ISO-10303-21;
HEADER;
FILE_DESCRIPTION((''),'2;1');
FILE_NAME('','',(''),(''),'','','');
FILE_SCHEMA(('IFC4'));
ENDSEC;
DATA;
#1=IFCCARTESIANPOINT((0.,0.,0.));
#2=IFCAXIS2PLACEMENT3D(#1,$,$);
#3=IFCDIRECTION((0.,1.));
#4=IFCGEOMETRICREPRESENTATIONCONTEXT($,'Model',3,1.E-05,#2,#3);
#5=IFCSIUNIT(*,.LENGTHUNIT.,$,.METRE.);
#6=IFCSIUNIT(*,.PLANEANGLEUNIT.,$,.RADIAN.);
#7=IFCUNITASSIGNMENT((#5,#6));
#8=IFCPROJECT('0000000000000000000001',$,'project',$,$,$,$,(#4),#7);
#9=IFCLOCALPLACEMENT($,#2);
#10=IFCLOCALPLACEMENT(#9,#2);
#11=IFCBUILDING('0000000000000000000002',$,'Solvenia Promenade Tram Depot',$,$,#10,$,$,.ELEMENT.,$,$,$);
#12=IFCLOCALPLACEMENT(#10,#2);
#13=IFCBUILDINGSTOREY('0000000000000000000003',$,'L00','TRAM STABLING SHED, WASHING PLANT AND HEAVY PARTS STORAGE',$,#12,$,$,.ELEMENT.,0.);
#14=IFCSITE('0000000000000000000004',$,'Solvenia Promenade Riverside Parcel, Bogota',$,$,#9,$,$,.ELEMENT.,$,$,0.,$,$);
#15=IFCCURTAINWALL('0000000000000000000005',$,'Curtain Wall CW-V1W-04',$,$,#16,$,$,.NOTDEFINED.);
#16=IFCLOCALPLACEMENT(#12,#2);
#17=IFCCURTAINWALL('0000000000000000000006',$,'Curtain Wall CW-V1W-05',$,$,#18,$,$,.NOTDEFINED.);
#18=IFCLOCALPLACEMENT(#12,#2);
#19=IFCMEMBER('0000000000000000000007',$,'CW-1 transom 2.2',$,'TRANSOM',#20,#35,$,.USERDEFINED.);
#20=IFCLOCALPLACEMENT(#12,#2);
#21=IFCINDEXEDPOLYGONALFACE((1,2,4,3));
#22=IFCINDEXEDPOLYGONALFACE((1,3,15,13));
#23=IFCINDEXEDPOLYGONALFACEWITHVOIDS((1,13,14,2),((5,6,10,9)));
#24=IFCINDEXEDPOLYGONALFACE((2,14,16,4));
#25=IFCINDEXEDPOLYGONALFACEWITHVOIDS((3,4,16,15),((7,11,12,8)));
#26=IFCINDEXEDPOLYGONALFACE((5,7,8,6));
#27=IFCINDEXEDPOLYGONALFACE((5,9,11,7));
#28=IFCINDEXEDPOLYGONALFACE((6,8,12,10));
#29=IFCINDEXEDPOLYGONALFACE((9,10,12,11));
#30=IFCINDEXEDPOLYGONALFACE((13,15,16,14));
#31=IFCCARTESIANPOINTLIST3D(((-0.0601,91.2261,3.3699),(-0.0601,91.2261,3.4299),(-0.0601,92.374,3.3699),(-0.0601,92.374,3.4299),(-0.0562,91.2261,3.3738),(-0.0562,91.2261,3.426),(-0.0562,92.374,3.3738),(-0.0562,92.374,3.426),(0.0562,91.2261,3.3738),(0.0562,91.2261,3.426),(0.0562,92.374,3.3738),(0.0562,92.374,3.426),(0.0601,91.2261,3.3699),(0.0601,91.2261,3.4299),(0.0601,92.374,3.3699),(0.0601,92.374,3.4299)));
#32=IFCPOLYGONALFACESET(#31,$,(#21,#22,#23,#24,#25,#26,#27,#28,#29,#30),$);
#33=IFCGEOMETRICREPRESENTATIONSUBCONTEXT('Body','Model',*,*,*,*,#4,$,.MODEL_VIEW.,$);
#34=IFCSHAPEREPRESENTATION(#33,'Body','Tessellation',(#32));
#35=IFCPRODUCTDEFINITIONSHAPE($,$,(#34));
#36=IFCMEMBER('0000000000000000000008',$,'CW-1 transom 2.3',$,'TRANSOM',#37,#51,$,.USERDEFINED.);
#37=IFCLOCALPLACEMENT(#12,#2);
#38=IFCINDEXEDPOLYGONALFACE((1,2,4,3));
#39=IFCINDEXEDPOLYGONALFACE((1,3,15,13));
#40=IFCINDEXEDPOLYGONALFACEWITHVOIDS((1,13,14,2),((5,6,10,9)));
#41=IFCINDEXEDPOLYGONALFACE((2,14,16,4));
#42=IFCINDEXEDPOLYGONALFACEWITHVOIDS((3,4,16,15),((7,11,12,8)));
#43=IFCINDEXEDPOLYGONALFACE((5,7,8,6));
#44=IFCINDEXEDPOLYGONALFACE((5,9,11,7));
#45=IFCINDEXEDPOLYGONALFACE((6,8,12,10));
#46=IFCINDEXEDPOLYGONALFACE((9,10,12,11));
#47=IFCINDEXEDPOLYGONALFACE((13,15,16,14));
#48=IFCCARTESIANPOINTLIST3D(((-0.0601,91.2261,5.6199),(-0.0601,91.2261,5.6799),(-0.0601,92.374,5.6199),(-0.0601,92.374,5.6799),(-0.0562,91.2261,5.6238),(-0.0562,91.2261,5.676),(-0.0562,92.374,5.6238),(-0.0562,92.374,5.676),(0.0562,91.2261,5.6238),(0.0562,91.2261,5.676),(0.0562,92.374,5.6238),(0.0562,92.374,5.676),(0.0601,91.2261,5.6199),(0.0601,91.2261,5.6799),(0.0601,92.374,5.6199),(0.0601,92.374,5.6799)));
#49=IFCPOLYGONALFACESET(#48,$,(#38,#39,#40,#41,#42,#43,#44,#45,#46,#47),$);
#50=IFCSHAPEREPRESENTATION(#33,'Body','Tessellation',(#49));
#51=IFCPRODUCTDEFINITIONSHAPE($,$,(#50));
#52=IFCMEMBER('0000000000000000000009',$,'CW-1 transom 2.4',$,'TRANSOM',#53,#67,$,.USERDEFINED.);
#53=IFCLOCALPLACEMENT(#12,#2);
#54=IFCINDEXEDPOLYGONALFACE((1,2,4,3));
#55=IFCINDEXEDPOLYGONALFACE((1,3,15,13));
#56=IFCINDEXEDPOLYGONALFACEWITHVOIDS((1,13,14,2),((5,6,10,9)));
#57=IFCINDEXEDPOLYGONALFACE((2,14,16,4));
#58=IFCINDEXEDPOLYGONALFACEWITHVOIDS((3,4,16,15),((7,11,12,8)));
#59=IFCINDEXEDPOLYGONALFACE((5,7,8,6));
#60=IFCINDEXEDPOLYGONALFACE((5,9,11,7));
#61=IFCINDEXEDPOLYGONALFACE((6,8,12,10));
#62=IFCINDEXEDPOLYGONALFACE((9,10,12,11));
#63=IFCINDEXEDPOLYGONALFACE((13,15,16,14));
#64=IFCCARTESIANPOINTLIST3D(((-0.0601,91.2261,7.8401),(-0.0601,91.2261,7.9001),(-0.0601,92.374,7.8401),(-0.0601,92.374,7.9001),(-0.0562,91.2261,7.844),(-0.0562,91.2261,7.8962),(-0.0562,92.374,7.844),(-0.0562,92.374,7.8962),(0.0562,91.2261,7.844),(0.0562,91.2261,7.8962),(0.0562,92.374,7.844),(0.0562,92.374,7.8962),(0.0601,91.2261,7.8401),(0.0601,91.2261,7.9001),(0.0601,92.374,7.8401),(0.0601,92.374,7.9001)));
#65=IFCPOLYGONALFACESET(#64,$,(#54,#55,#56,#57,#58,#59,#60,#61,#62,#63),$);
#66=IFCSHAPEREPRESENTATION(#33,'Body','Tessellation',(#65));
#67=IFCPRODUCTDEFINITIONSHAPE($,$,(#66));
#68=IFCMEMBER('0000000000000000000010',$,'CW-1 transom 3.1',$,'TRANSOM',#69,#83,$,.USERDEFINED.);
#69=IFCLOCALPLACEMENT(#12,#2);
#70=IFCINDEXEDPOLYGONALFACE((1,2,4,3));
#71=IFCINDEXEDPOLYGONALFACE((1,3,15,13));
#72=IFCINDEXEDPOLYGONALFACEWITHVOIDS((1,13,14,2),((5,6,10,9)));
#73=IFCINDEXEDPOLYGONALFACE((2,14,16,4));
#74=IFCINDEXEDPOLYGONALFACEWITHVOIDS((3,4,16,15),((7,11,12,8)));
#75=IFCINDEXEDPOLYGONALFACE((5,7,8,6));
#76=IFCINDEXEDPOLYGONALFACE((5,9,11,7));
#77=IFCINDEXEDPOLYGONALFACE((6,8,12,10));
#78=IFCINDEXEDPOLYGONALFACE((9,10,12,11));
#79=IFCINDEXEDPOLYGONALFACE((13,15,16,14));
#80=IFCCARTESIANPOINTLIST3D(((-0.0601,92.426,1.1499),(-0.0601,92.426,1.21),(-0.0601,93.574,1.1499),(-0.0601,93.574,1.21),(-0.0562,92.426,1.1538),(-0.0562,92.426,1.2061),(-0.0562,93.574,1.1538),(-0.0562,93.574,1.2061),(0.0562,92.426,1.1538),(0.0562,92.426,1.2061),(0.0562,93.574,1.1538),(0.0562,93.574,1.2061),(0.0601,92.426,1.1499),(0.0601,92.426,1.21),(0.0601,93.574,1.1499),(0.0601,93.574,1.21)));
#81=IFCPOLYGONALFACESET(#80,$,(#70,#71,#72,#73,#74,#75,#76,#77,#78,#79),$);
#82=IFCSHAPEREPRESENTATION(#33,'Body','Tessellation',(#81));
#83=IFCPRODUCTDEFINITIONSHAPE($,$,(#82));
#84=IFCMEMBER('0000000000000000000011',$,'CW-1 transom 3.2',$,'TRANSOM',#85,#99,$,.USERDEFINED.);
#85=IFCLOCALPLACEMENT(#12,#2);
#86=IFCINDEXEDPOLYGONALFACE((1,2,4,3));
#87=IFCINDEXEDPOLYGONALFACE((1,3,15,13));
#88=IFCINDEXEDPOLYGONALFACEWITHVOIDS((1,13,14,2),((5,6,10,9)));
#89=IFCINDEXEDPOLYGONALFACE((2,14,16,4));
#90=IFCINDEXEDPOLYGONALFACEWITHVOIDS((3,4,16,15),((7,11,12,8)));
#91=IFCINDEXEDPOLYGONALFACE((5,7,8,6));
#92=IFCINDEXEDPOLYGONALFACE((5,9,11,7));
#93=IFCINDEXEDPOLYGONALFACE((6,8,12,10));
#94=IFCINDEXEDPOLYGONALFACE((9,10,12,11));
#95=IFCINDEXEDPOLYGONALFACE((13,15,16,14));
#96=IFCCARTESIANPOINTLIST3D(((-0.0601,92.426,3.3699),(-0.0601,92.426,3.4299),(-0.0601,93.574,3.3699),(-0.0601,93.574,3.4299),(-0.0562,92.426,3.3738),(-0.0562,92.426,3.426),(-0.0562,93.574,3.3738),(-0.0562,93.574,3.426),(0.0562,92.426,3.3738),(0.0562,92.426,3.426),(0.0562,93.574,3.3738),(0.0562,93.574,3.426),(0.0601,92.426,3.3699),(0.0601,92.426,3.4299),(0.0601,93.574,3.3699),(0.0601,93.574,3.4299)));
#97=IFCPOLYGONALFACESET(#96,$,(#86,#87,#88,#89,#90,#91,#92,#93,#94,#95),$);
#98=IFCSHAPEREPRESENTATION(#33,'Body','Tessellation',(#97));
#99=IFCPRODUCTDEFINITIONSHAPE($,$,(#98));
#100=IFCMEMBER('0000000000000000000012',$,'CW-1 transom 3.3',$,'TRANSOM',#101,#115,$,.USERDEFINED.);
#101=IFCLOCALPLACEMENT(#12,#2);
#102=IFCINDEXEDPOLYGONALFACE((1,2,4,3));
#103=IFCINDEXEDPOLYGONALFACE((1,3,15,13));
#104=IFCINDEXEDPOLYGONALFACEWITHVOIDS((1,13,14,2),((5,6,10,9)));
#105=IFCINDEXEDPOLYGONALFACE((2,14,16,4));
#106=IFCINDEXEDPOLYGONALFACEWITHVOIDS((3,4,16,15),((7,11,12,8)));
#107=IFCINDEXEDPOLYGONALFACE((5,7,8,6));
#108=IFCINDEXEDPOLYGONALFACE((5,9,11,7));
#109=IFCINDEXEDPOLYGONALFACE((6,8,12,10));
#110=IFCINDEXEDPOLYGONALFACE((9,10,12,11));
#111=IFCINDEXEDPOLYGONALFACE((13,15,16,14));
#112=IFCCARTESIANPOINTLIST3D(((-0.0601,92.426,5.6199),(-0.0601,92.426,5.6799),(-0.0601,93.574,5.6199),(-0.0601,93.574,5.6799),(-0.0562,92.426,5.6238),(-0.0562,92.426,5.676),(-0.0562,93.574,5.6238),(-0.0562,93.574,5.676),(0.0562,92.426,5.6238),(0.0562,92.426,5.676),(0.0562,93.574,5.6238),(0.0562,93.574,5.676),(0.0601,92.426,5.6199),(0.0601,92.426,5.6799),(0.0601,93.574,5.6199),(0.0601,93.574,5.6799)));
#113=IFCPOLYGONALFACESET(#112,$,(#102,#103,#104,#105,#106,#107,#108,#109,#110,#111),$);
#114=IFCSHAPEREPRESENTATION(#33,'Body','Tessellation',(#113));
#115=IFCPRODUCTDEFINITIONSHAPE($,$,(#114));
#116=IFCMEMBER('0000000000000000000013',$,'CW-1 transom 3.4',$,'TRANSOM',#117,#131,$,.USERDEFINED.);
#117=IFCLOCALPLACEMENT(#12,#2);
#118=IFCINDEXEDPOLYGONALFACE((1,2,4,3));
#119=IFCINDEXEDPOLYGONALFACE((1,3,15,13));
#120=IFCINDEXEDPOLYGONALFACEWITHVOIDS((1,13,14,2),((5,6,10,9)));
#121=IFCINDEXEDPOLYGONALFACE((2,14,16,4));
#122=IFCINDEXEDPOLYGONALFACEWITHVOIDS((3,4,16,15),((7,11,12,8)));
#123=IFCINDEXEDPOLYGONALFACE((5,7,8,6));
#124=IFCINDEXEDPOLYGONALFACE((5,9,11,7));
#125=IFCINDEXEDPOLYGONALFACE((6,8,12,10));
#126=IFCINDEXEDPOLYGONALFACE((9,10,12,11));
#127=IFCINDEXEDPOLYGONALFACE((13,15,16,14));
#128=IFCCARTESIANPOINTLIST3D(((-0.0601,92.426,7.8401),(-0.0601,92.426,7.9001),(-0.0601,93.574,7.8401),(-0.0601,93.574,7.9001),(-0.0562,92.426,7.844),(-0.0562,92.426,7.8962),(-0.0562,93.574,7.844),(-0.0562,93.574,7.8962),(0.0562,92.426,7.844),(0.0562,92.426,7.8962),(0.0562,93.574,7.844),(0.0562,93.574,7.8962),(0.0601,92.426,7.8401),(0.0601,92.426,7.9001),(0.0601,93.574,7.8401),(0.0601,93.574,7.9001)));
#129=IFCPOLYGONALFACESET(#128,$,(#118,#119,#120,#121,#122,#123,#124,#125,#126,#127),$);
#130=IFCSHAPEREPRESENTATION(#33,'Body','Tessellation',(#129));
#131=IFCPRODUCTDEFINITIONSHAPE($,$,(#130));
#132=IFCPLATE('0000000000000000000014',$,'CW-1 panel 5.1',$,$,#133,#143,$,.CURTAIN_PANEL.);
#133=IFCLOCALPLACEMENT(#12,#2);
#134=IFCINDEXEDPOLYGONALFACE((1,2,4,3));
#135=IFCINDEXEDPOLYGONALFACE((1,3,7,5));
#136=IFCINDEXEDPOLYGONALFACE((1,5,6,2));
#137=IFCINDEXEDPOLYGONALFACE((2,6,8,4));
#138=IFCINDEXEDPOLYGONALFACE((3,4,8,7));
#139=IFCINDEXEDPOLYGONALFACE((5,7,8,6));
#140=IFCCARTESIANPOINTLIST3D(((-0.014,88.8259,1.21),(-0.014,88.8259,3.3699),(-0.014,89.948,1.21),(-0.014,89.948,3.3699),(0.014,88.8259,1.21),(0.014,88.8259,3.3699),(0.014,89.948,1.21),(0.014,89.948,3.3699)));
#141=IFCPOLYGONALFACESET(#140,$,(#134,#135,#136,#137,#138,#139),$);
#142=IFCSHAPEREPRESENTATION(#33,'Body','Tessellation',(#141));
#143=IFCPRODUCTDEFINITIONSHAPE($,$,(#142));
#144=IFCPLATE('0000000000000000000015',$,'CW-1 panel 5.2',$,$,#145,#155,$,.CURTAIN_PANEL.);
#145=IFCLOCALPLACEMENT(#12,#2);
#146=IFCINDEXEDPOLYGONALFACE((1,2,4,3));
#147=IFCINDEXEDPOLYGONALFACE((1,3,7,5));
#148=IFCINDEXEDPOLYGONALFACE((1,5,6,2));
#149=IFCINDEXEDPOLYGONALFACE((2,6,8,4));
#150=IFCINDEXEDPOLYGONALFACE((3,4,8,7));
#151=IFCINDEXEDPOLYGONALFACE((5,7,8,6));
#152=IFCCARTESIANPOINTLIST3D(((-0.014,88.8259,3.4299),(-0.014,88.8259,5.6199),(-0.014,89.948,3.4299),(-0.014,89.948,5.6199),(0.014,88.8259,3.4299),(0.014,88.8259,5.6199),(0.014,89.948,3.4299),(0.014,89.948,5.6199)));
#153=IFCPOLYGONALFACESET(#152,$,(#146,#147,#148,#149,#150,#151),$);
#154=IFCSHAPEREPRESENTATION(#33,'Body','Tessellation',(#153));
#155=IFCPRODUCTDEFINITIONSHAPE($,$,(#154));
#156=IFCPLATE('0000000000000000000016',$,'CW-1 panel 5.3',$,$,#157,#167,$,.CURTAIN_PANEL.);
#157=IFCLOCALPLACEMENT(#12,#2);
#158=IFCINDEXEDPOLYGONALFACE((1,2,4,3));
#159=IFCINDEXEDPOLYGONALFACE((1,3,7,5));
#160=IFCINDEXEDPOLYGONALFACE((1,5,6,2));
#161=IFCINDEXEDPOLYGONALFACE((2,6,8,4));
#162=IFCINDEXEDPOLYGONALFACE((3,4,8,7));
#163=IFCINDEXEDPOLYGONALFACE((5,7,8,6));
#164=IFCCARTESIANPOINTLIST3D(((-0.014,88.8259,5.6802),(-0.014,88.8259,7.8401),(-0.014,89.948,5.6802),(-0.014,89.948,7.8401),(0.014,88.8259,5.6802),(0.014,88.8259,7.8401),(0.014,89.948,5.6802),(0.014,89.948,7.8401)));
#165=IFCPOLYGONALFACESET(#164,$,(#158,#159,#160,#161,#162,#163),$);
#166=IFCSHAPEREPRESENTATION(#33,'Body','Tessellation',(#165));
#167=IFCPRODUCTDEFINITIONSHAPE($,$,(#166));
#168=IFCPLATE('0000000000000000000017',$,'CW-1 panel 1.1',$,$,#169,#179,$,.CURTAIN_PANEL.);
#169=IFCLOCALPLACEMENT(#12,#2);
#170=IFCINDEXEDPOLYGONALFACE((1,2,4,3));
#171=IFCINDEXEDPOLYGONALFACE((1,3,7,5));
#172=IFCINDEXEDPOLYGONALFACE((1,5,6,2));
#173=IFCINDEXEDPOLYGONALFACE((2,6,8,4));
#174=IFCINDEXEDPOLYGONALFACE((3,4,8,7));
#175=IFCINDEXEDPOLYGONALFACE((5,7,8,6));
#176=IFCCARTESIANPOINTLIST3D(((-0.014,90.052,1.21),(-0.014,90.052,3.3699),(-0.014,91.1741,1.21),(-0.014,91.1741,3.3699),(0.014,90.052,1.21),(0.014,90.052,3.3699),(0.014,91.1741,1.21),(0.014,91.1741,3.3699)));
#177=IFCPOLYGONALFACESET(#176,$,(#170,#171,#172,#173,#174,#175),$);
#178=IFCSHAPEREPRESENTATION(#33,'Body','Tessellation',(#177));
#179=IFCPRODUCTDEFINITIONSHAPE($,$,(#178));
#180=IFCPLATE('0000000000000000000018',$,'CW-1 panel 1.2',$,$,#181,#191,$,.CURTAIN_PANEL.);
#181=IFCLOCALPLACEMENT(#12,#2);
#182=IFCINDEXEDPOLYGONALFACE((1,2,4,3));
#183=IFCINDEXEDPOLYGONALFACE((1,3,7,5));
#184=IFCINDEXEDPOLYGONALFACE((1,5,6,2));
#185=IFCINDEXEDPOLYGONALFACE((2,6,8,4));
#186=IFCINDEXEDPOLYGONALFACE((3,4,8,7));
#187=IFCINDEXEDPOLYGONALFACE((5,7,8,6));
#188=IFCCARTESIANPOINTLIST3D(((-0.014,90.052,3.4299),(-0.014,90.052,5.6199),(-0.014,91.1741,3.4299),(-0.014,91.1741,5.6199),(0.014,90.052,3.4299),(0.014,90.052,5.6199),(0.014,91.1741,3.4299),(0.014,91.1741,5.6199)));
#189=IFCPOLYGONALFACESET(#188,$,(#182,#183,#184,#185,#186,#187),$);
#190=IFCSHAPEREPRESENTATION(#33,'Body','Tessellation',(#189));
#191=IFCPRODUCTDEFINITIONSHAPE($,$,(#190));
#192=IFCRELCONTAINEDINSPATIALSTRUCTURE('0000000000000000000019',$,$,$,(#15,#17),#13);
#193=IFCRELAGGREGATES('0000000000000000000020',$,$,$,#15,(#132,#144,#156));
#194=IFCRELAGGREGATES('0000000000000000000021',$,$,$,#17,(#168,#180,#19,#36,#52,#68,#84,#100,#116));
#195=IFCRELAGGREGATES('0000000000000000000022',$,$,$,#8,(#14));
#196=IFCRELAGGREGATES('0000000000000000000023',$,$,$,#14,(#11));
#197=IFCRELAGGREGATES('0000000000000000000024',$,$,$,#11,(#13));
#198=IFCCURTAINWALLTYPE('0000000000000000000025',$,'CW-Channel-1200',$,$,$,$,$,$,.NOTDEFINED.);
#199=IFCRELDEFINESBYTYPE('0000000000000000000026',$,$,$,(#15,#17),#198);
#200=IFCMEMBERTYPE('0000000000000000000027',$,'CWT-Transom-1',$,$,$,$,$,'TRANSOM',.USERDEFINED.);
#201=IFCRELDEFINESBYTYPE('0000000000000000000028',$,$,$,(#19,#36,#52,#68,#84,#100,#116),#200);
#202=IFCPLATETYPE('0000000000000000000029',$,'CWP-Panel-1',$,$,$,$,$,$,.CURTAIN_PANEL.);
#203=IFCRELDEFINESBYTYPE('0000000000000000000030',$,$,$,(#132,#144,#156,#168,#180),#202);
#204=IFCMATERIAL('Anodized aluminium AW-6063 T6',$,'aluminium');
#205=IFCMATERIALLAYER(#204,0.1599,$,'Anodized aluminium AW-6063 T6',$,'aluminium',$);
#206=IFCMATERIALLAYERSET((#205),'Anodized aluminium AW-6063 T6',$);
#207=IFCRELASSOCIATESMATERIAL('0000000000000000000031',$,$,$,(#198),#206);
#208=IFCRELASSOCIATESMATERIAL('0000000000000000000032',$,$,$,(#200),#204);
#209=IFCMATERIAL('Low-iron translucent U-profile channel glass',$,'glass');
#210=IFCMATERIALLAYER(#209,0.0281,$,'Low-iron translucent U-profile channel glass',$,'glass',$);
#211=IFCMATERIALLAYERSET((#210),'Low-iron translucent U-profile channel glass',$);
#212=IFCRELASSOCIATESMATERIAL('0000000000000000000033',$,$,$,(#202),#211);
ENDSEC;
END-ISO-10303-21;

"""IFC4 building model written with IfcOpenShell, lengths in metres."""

from ifc_helpers import new_model, si_unit, direction, frame, origin, origin_2d, place, context, subcontext, project, spatial, rectangle, hollow_rectangle, extrude, material, layer, layer_set, material_profile, profile_set, type_object, element, aggregate, save


model = new_model("IFC4")

# Units and contexts
model_context = context("Model", 3, precision=1e-05, world=origin(), true_north=direction((0.0, 1.0)))
body_context = subcontext(model_context, "Body", "Model", "MODEL_VIEW")
ifc_project = project(units=[si_unit("LENGTHUNIT", "METRE"), si_unit("PLANEANGLEUNIT", "RADIAN")], contexts=[model_context])

# Site, building, storey
site_placement = place(None, origin())
site = spatial("IfcSite", under=ifc_project, at=site_placement, Name="Solvenia Promenade Riverside Parcel, Bogota", CompositionType="ELEMENT", RefElevation=0.0)
building_placement = place(site_placement, origin())
building = spatial("IfcBuilding", under=site, at=building_placement, Name="Solvenia Promenade Tram Depot", CompositionType="ELEMENT")
storey_placement = place(building_placement, origin())
storey = spatial("IfcBuildingStorey", under=building, at=storey_placement, Name="L00", Description="TRAM STABLING SHED, WASHING PLANT AND HEAVY PARTS STORAGE", CompositionType="ELEMENT", Elevation=0.0)

# Curtain wall
ifc_material_1 = material(Name="Anodized aluminium AW-6063 T6", Category="aluminium")
ifc_layer_1 = layer(ifc_material_1, 0.1599, Name="Anodized aluminium AW-6063 T6", Category="aluminium")
ifc_layer_set_1 = layer_set([ifc_layer_1], Name="Anodized aluminium AW-6063 T6")
curtain_wall_type = type_object("IfcCurtainWallType", Name="CW-Channel-1200", PredefinedType="NOTDEFINED", material=ifc_layer_set_1)
curtain_wall_1_placement = place(storey_placement, origin())
curtain_wall_1 = element("IfcCurtainWall", 1, at=curtain_wall_1_placement, inside=storey, type_object=curtain_wall_type, Name="Curtain Wall CW-V1W-04", PredefinedType="NOTDEFINED")

# Curtain wall
curtain_wall_2_placement = place(storey_placement, origin())
curtain_wall_2 = element("IfcCurtainWall", 2, at=curtain_wall_2_placement, inside=storey, type_object=curtain_wall_type, Name="Curtain Wall CW-V1W-05", PredefinedType="NOTDEFINED")

# Members
ifc_material_profile_1 = material_profile(ifc_material_1, hollow_rectangle(XDim=0.1201, YDim=0.0601, WallThickness=0.0039, at=origin_2d()), Name="ALU-T1", Category="aluminium")
ifc_profile_set_1 = profile_set([ifc_material_profile_1], Name="Anodized aluminium AW-6063 T6")
member_type_1 = type_object("IfcMemberType", Name="CWT-Transom-1", ElementType="TRANSOM", PredefinedType="USERDEFINED", material=ifc_profile_set_1)
member_1_placement = place(storey_placement, frame((0.0, 91.2261, 3.3999), z_axis=(0.0, 1.0, 0.0), x_axis=(-1.0, 0.0, 0.0)))
member_1 = element("IfcMember", 3, at=member_1_placement, type_object=member_type_1, Name="CW-1 transom 2.2", ObjectType="TRANSOM", PredefinedType="USERDEFINED", context=body_context, shape_type="SweptSolid", body=[
    extrude(hollow_rectangle(XDim=0.1201, YDim=0.0601, WallThickness=0.0039, at=origin_2d()), origin(), (0.0, 0.0, 1.0), 1.1479),
])
member_2_placement = place(storey_placement, frame((0.0, 91.2261, 5.6499), z_axis=(0.0, 1.0, 0.0), x_axis=(-1.0, 0.0, 0.0)))
member_2 = element("IfcMember", 4, at=member_2_placement, type_object=member_type_1, Name="CW-1 transom 2.3", ObjectType="TRANSOM", PredefinedType="USERDEFINED", context=body_context, shape_type="SweptSolid", body=[
    extrude(hollow_rectangle(XDim=0.1201, YDim=0.0601, WallThickness=0.0039, at=origin_2d()), origin(), (0.0, 0.0, 1.0), 1.1479),
])
member_3_placement = place(storey_placement, frame((0.0, 91.2261, 7.8701), z_axis=(0.0, 1.0, 0.0), x_axis=(-1.0, 0.0, 0.0)))
member_3 = element("IfcMember", 5, at=member_3_placement, type_object=member_type_1, Name="CW-1 transom 2.4", ObjectType="TRANSOM", PredefinedType="USERDEFINED", context=body_context, shape_type="SweptSolid", body=[
    extrude(hollow_rectangle(XDim=0.1201, YDim=0.0601, WallThickness=0.0039, at=origin_2d()), origin(), (0.0, 0.0, 1.0), 1.1479),
])
member_4_placement = place(storey_placement, frame((0.0, 92.426, 1.1799), z_axis=(0.0, 1.0, 0.0), x_axis=(-1.0, 0.0, 0.0)))
member_4 = element("IfcMember", 6, at=member_4_placement, type_object=member_type_1, Name="CW-1 transom 3.1", ObjectType="TRANSOM", PredefinedType="USERDEFINED", context=body_context, shape_type="SweptSolid", body=[
    extrude(hollow_rectangle(XDim=0.1201, YDim=0.0601, WallThickness=0.0039, at=origin_2d()), origin(), (0.0, 0.0, 1.0), 1.1479),
])
member_5_placement = place(storey_placement, frame((0.0, 92.426, 3.3999), z_axis=(0.0, 1.0, 0.0), x_axis=(-1.0, 0.0, 0.0)))
member_5 = element("IfcMember", 7, at=member_5_placement, type_object=member_type_1, Name="CW-1 transom 3.2", ObjectType="TRANSOM", PredefinedType="USERDEFINED", context=body_context, shape_type="SweptSolid", body=[
    extrude(hollow_rectangle(XDim=0.1201, YDim=0.0601, WallThickness=0.0039, at=origin_2d()), origin(), (0.0, 0.0, 1.0), 1.1479),
])
member_6_placement = place(storey_placement, frame((0.0, 92.426, 5.6499), z_axis=(0.0, 1.0, 0.0), x_axis=(-1.0, 0.0, 0.0)))
member_6 = element("IfcMember", 8, at=member_6_placement, type_object=member_type_1, Name="CW-1 transom 3.3", ObjectType="TRANSOM", PredefinedType="USERDEFINED", context=body_context, shape_type="SweptSolid", body=[
    extrude(hollow_rectangle(XDim=0.1201, YDim=0.0601, WallThickness=0.0039, at=origin_2d()), origin(), (0.0, 0.0, 1.0), 1.1479),
])
member_7_placement = place(storey_placement, frame((0.0, 92.426, 7.8701), z_axis=(0.0, 1.0, 0.0), x_axis=(-1.0, 0.0, 0.0)))
member_7 = element("IfcMember", 9, at=member_7_placement, type_object=member_type_1, Name="CW-1 transom 3.4", ObjectType="TRANSOM", PredefinedType="USERDEFINED", context=body_context, shape_type="SweptSolid", body=[
    extrude(hollow_rectangle(XDim=0.1201, YDim=0.0601, WallThickness=0.0039, at=origin_2d()), origin(), (0.0, 0.0, 1.0), 1.1479),
])

# Plates
ifc_material_2 = material(Name="Low-iron translucent U-profile channel glass", Category="glass")
ifc_layer_2 = layer(ifc_material_2, 0.0281, Name="Low-iron translucent U-profile channel glass", Category="glass")
ifc_layer_set_2 = layer_set([ifc_layer_2], Name="Low-iron translucent U-profile channel glass")
plate_type = type_object("IfcPlateType", Name="CWP-Panel-1", PredefinedType="CURTAIN_PANEL", material=ifc_layer_set_2)
plate_1_placement = place(storey_placement, frame((0.0, 89.387, 1.21), z_axis=(0.0, 0.0, 1.0), x_axis=(0.0, 1.0, 0.0)))
plate_1 = element("IfcPlate", 10, at=plate_1_placement, type_object=plate_type, Name="CW-1 panel 5.1", PredefinedType="CURTAIN_PANEL", context=body_context, shape_type="SweptSolid", body=[
    extrude(rectangle(XDim=1.1221, YDim=0.0281, at=origin_2d()), origin(), (0.0, 0.0, 1.0), 2.1599),
])
plate_2_placement = place(storey_placement, frame((0.0, 89.387, 3.4299), z_axis=(0.0, 0.0, 1.0), x_axis=(0.0, 1.0, 0.0)))
plate_2 = element("IfcPlate", 11, at=plate_2_placement, type_object=plate_type, Name="CW-1 panel 5.2", PredefinedType="CURTAIN_PANEL", context=body_context, shape_type="SweptSolid", body=[
    extrude(rectangle(XDim=1.1221, YDim=0.0281, at=origin_2d()), origin(), (0.0, 0.0, 1.0), 2.1899),
])
plate_3_placement = place(storey_placement, frame((0.0, 89.387, 5.6802), z_axis=(0.0, 0.0, 1.0), x_axis=(0.0, 1.0, 0.0)))
plate_3 = element("IfcPlate", 12, at=plate_3_placement, type_object=plate_type, Name="CW-1 panel 5.3", PredefinedType="CURTAIN_PANEL", context=body_context, shape_type="SweptSolid", body=[
    extrude(rectangle(XDim=1.1221, YDim=0.0281, at=origin_2d()), origin(), (0.0, 0.0, 1.0), 2.1599),
])
aggregate(curtain_wall_1, [plate_1, plate_2, plate_3])
plate_4_placement = place(storey_placement, frame((0.0, 90.613, 1.21), z_axis=(0.0, 0.0, 1.0), x_axis=(0.0, 1.0, 0.0)))
plate_4 = element("IfcPlate", 13, at=plate_4_placement, type_object=plate_type, Name="CW-1 panel 1.1", PredefinedType="CURTAIN_PANEL", context=body_context, shape_type="SweptSolid", body=[
    extrude(rectangle(XDim=1.1221, YDim=0.0281, at=origin_2d()), origin(), (0.0, 0.0, 1.0), 2.1599),
])
plate_5_placement = place(storey_placement, frame((0.0, 90.613, 3.4299), z_axis=(0.0, 0.0, 1.0), x_axis=(0.0, 1.0, 0.0)))
plate_5 = element("IfcPlate", 14, at=plate_5_placement, type_object=plate_type, Name="CW-1 panel 1.2", PredefinedType="CURTAIN_PANEL", context=body_context, shape_type="SweptSolid", body=[
    extrude(rectangle(XDim=1.1221, YDim=0.0281, at=origin_2d()), origin(), (0.0, 0.0, 1.0), 2.1899),
])
aggregate(curtain_wall_2, [plate_4, plate_5, member_1, member_2, member_3, member_4, member_5, member_6, member_7])

save(model, "model.ifc")
